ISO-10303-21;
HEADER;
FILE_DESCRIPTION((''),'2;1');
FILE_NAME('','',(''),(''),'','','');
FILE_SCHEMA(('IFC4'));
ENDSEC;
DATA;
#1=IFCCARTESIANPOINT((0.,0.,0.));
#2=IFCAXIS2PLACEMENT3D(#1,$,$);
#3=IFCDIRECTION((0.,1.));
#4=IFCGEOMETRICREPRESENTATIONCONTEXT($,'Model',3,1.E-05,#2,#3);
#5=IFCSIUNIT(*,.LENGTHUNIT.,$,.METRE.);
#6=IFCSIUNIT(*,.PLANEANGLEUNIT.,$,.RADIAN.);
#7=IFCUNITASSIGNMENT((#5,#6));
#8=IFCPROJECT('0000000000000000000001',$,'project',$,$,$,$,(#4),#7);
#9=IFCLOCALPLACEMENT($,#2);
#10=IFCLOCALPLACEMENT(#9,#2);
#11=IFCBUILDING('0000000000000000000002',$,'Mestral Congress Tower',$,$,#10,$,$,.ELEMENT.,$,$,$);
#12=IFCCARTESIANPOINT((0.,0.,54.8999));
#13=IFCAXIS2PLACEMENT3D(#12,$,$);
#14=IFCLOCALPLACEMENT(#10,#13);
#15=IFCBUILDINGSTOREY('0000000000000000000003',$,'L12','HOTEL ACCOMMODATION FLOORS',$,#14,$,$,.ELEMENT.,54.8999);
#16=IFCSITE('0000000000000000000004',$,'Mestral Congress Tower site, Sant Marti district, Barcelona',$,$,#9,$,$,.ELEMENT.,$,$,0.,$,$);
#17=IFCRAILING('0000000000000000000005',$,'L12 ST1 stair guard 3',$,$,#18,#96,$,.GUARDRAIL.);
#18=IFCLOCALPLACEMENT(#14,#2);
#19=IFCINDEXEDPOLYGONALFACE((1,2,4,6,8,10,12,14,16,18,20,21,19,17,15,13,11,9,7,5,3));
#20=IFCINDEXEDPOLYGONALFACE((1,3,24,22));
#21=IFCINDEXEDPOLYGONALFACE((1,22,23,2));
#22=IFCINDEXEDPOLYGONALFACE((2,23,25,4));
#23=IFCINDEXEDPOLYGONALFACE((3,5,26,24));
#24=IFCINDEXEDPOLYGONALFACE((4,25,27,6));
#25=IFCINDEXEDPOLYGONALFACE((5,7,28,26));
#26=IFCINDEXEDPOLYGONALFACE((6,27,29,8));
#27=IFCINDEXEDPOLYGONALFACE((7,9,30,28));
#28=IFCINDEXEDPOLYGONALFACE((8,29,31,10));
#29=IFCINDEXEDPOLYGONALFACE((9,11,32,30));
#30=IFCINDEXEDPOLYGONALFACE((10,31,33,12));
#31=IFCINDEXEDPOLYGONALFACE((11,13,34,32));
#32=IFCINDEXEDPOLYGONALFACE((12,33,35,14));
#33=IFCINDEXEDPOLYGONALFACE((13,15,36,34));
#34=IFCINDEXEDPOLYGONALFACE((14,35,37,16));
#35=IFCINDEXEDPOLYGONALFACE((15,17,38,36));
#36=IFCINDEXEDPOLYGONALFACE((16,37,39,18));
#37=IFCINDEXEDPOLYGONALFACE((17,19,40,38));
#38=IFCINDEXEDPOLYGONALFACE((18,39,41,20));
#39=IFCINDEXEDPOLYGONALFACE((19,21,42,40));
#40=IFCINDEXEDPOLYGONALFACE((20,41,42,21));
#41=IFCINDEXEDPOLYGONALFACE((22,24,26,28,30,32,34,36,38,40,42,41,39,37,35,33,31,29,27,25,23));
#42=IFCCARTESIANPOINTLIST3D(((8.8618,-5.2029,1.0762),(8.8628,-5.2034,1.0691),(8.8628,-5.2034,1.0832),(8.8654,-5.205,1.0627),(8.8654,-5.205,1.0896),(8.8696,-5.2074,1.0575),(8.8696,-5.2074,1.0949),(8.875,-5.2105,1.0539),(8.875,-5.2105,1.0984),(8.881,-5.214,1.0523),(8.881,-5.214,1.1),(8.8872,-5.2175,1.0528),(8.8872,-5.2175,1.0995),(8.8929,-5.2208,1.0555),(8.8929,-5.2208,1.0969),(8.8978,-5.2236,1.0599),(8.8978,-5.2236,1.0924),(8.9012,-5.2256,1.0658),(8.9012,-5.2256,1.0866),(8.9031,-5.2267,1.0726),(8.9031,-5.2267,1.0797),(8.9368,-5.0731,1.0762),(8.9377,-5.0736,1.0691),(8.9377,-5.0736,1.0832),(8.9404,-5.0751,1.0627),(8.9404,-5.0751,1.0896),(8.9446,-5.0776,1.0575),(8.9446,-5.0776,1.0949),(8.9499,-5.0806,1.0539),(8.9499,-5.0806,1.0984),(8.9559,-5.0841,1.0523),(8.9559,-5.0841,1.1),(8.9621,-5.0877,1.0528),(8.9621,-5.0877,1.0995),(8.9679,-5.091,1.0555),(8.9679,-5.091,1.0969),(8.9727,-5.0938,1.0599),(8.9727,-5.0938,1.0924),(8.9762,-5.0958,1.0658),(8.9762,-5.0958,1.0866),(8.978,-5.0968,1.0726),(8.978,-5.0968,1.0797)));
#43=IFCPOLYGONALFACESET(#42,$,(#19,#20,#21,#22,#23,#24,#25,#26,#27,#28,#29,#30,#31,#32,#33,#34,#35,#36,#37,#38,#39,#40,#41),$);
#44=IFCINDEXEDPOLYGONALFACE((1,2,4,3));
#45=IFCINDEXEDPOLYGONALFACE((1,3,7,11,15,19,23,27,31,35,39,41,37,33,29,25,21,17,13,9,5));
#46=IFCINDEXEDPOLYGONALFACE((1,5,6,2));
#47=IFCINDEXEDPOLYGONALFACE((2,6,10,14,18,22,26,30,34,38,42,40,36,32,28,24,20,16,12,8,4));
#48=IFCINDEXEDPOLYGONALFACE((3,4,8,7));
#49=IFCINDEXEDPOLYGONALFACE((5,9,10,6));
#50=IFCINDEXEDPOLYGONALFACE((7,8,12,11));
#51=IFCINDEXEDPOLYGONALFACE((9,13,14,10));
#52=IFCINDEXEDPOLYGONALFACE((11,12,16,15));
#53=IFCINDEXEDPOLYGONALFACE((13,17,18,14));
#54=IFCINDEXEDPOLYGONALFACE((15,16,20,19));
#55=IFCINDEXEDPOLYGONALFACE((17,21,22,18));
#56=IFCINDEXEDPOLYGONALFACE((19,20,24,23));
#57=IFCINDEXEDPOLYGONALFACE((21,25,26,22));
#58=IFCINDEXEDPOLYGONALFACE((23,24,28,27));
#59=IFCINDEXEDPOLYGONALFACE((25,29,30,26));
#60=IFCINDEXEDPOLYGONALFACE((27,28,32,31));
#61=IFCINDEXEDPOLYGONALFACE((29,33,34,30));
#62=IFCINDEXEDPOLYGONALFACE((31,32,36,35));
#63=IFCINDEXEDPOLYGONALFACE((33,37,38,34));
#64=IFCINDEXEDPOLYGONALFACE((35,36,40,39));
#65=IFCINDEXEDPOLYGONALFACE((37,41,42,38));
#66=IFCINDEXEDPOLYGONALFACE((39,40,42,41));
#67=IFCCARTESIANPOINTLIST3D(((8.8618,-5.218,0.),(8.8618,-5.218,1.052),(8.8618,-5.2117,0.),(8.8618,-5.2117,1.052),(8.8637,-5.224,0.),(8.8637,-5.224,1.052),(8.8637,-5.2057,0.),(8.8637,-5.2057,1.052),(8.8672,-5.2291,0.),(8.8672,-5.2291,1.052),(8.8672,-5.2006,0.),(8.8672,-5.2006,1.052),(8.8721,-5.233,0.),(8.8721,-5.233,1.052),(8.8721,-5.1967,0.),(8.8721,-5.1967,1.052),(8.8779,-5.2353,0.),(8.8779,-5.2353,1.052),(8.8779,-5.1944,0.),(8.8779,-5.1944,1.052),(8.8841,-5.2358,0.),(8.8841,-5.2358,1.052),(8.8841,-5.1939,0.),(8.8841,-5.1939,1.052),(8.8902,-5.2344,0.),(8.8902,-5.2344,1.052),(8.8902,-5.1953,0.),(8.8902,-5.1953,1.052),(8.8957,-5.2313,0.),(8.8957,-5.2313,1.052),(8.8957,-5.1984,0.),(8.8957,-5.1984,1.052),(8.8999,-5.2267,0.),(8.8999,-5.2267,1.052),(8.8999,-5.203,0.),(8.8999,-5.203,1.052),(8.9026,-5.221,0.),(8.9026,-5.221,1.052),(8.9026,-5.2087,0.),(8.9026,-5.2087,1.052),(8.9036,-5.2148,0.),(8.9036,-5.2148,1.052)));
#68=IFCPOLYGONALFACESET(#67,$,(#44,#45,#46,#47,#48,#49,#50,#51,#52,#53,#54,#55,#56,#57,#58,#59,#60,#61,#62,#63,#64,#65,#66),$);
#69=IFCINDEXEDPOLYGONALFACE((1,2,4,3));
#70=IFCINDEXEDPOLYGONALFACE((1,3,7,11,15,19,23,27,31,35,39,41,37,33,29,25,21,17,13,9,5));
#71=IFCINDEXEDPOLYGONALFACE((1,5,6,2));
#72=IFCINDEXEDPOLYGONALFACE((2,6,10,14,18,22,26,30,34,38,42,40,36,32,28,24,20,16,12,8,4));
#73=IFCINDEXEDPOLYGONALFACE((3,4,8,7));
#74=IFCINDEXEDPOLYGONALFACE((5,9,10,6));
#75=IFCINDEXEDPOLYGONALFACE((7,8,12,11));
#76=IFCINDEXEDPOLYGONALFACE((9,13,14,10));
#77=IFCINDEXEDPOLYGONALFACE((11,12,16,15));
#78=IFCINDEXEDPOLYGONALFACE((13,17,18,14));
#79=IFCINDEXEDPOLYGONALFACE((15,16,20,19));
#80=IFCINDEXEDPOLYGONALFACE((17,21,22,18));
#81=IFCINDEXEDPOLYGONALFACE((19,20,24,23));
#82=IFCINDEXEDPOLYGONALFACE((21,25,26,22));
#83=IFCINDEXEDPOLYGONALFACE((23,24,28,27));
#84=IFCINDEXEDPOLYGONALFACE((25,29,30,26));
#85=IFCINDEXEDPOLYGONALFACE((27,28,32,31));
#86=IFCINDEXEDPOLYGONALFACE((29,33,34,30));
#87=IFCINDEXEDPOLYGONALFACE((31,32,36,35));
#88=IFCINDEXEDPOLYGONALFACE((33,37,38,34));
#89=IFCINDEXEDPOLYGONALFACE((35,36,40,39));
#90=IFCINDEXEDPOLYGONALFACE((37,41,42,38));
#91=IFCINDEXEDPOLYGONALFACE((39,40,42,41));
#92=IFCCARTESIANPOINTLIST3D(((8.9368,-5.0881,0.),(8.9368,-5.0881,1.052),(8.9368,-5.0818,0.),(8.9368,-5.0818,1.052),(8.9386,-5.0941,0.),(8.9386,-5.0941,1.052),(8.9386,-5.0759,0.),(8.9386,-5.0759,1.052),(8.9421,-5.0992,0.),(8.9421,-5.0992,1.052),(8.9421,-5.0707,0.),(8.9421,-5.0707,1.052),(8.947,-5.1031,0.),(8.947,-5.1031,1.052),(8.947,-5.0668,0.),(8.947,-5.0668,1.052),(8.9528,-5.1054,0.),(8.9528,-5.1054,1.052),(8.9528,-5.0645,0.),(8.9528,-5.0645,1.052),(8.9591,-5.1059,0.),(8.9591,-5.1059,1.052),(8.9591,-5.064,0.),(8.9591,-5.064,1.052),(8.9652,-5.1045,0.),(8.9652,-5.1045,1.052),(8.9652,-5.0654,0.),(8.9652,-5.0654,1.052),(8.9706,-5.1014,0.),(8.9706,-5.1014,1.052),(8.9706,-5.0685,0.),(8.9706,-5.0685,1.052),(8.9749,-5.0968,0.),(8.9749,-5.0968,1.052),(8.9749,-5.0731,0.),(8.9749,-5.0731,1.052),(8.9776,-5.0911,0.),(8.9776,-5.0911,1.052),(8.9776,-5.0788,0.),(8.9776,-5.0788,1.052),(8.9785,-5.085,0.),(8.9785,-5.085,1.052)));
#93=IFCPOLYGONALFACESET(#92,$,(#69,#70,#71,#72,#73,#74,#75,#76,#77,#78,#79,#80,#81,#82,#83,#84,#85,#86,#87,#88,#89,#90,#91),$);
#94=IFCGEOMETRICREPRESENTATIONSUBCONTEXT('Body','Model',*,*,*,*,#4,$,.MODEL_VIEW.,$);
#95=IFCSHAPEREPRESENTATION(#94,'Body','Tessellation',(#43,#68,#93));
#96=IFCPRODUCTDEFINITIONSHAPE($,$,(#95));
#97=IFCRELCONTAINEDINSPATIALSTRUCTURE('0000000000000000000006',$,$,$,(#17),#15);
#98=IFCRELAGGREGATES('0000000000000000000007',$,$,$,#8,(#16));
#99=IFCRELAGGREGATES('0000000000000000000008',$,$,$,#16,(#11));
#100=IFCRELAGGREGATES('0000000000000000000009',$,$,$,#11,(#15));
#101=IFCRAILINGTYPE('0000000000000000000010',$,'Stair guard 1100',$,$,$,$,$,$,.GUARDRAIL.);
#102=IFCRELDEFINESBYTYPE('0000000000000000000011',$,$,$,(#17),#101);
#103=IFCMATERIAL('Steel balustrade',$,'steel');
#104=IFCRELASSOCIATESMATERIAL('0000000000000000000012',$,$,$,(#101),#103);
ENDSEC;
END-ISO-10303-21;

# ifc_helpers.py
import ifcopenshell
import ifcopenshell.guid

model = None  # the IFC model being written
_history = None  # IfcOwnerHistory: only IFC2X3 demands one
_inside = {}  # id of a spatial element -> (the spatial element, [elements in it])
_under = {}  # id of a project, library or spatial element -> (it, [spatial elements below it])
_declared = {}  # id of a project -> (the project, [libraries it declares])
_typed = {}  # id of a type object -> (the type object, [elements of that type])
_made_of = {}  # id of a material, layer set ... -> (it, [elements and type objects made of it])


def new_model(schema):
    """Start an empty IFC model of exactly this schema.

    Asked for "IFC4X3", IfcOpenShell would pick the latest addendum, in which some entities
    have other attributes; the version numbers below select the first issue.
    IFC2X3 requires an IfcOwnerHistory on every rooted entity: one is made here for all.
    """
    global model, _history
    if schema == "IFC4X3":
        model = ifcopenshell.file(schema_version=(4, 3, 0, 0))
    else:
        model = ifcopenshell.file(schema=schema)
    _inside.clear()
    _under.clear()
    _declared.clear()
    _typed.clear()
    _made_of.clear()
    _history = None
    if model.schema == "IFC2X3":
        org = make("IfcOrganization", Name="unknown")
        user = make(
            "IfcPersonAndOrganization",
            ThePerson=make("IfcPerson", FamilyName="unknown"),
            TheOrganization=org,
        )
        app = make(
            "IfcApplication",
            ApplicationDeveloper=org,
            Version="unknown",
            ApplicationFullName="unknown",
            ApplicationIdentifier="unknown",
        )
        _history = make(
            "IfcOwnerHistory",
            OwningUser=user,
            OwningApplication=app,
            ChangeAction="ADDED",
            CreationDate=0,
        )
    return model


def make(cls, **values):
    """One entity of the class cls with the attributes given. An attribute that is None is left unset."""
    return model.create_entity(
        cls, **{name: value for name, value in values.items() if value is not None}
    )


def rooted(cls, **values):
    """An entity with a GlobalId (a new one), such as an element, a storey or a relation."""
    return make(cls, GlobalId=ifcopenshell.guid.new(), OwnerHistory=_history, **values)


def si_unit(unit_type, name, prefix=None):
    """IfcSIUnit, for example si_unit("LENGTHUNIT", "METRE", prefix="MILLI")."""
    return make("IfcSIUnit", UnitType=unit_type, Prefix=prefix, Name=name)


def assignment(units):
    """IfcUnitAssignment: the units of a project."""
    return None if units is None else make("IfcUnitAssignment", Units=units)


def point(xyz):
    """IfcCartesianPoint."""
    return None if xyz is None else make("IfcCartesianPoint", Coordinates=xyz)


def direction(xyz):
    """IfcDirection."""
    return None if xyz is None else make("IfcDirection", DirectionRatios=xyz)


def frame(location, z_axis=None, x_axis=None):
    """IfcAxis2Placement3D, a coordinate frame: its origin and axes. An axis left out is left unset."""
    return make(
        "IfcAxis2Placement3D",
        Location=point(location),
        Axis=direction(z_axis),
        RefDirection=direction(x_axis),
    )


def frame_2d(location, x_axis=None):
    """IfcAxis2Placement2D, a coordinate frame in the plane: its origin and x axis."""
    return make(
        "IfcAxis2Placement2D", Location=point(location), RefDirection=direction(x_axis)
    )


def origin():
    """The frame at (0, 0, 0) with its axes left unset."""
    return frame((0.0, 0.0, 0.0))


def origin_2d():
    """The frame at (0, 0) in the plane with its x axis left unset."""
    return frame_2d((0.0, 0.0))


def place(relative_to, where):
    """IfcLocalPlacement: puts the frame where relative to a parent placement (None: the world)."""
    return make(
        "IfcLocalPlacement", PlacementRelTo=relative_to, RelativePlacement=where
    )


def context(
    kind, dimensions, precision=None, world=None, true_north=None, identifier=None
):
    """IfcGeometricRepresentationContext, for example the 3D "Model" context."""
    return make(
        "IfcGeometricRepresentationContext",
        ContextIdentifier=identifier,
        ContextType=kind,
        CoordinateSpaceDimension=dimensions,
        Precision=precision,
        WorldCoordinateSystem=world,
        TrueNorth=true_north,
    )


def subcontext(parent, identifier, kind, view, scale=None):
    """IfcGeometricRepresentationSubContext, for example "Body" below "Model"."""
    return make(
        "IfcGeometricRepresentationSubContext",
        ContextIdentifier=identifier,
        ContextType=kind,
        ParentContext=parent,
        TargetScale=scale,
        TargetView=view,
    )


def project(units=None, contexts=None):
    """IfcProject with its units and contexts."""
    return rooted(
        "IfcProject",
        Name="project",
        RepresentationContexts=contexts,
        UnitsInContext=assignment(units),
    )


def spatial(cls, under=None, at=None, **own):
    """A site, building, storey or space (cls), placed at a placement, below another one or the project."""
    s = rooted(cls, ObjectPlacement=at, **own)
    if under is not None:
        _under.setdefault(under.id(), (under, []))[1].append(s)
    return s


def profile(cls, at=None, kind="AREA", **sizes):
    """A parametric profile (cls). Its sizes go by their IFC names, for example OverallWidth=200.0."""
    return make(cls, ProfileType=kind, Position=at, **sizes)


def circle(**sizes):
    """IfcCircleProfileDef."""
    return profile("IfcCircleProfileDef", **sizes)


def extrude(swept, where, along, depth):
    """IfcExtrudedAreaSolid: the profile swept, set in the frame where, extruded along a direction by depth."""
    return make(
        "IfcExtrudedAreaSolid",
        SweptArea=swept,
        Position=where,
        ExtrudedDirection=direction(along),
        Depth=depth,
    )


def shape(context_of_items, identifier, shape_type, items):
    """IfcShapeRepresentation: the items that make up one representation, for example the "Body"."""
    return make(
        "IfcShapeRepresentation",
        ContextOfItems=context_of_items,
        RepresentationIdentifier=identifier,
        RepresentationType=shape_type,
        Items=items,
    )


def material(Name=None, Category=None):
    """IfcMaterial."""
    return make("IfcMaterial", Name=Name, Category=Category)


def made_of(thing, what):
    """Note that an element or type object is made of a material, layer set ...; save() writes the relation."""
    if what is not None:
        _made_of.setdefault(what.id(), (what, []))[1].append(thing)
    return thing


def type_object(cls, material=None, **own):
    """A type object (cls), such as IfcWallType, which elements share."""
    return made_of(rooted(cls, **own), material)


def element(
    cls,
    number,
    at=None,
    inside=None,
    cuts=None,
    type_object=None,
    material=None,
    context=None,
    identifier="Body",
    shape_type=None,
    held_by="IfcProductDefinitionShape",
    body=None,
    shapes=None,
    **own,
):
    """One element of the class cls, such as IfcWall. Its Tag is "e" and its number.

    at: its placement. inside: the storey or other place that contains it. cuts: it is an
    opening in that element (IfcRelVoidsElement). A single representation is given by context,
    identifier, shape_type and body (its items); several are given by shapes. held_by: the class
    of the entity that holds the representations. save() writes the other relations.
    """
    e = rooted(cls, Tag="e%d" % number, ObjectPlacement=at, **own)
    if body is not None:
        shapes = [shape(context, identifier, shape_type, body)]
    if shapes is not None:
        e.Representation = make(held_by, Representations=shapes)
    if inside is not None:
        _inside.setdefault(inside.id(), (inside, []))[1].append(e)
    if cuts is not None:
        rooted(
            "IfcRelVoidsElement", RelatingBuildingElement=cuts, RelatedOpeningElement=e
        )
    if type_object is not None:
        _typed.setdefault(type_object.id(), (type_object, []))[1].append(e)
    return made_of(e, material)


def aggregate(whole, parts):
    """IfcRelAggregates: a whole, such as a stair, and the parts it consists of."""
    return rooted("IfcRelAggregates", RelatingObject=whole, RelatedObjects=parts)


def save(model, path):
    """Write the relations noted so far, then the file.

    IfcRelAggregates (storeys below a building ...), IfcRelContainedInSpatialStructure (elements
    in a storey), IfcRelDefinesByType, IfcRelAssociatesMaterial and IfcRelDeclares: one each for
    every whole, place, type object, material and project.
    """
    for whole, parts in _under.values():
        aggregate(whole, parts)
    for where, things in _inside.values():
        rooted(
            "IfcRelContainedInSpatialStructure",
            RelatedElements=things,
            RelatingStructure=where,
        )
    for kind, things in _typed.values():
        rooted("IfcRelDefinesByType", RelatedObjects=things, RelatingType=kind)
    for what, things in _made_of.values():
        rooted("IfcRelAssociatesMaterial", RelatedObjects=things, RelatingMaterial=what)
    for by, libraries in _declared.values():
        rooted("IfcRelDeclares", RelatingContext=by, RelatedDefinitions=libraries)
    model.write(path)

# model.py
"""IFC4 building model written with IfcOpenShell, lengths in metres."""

from ifc_helpers import new_model, si_unit, direction, frame, origin, origin_2d, place, context, subcontext, project, spatial, circle, extrude, material, type_object, element, save


model = new_model("IFC4")

# Units and contexts
model_context = context("Model", 3, precision=1e-05, world=origin(), true_north=direction((0.0, 1.0)))
body_context = subcontext(model_context, "Body", "Model", "MODEL_VIEW")
ifc_project = project(units=[si_unit("LENGTHUNIT", "METRE"), si_unit("PLANEANGLEUNIT", "RADIAN")], contexts=[model_context])

# Site, building, storey
site_placement = place(None, origin())
site = spatial("IfcSite", under=ifc_project, at=site_placement, Name="Mestral Congress Tower site, Sant Marti district, Barcelona", CompositionType="ELEMENT", RefElevation=0.0)
building_placement = place(site_placement, origin())
building = spatial("IfcBuilding", under=site, at=building_placement, Name="Mestral Congress Tower", CompositionType="ELEMENT")
storey_placement = place(building_placement, frame((0.0, 0.0, 54.8999)))
storey = spatial("IfcBuildingStorey", under=building, at=storey_placement, Name="L12", Description="HOTEL ACCOMMODATION FLOORS", CompositionType="ELEMENT", Elevation=54.8999)

# Railing
ifc_material_1 = material(Name="Steel balustrade", Category="steel")
railing_type_1 = type_object("IfcRailingType", Name="Stair guard 1100", PredefinedType="GUARDRAIL", material=ifc_material_1)
railing_1_placement = place(storey_placement, frame((8.8826, -5.2148, 0.0)))
element("IfcRailing", 1, at=railing_1_placement, inside=storey, type_object=railing_type_1, Name="L12 ST1 stair guard 3", PredefinedType="GUARDRAIL", context=body_context, shape_type="SweptSolid", body=[
    extrude(circle(Radius=0.0239, at=origin_2d()), frame((0.0, 0.0, 1.0762), z_axis=(0.499816, 0.866131, 0.0), x_axis=(-0.866131, 0.499816, 0.0)), (0.0, 0.0, 1.0), 0.1499),
    extrude(circle(Radius=0.021, at=origin_2d()), origin(), (0.0, 0.0, 1.0), 1.052),
    extrude(circle(Radius=0.021, at=origin_2d()), frame((0.075, 0.1299, 0.0)), (0.0, 0.0, 1.0), 1.052),
])

save(model, "model.ifc")
